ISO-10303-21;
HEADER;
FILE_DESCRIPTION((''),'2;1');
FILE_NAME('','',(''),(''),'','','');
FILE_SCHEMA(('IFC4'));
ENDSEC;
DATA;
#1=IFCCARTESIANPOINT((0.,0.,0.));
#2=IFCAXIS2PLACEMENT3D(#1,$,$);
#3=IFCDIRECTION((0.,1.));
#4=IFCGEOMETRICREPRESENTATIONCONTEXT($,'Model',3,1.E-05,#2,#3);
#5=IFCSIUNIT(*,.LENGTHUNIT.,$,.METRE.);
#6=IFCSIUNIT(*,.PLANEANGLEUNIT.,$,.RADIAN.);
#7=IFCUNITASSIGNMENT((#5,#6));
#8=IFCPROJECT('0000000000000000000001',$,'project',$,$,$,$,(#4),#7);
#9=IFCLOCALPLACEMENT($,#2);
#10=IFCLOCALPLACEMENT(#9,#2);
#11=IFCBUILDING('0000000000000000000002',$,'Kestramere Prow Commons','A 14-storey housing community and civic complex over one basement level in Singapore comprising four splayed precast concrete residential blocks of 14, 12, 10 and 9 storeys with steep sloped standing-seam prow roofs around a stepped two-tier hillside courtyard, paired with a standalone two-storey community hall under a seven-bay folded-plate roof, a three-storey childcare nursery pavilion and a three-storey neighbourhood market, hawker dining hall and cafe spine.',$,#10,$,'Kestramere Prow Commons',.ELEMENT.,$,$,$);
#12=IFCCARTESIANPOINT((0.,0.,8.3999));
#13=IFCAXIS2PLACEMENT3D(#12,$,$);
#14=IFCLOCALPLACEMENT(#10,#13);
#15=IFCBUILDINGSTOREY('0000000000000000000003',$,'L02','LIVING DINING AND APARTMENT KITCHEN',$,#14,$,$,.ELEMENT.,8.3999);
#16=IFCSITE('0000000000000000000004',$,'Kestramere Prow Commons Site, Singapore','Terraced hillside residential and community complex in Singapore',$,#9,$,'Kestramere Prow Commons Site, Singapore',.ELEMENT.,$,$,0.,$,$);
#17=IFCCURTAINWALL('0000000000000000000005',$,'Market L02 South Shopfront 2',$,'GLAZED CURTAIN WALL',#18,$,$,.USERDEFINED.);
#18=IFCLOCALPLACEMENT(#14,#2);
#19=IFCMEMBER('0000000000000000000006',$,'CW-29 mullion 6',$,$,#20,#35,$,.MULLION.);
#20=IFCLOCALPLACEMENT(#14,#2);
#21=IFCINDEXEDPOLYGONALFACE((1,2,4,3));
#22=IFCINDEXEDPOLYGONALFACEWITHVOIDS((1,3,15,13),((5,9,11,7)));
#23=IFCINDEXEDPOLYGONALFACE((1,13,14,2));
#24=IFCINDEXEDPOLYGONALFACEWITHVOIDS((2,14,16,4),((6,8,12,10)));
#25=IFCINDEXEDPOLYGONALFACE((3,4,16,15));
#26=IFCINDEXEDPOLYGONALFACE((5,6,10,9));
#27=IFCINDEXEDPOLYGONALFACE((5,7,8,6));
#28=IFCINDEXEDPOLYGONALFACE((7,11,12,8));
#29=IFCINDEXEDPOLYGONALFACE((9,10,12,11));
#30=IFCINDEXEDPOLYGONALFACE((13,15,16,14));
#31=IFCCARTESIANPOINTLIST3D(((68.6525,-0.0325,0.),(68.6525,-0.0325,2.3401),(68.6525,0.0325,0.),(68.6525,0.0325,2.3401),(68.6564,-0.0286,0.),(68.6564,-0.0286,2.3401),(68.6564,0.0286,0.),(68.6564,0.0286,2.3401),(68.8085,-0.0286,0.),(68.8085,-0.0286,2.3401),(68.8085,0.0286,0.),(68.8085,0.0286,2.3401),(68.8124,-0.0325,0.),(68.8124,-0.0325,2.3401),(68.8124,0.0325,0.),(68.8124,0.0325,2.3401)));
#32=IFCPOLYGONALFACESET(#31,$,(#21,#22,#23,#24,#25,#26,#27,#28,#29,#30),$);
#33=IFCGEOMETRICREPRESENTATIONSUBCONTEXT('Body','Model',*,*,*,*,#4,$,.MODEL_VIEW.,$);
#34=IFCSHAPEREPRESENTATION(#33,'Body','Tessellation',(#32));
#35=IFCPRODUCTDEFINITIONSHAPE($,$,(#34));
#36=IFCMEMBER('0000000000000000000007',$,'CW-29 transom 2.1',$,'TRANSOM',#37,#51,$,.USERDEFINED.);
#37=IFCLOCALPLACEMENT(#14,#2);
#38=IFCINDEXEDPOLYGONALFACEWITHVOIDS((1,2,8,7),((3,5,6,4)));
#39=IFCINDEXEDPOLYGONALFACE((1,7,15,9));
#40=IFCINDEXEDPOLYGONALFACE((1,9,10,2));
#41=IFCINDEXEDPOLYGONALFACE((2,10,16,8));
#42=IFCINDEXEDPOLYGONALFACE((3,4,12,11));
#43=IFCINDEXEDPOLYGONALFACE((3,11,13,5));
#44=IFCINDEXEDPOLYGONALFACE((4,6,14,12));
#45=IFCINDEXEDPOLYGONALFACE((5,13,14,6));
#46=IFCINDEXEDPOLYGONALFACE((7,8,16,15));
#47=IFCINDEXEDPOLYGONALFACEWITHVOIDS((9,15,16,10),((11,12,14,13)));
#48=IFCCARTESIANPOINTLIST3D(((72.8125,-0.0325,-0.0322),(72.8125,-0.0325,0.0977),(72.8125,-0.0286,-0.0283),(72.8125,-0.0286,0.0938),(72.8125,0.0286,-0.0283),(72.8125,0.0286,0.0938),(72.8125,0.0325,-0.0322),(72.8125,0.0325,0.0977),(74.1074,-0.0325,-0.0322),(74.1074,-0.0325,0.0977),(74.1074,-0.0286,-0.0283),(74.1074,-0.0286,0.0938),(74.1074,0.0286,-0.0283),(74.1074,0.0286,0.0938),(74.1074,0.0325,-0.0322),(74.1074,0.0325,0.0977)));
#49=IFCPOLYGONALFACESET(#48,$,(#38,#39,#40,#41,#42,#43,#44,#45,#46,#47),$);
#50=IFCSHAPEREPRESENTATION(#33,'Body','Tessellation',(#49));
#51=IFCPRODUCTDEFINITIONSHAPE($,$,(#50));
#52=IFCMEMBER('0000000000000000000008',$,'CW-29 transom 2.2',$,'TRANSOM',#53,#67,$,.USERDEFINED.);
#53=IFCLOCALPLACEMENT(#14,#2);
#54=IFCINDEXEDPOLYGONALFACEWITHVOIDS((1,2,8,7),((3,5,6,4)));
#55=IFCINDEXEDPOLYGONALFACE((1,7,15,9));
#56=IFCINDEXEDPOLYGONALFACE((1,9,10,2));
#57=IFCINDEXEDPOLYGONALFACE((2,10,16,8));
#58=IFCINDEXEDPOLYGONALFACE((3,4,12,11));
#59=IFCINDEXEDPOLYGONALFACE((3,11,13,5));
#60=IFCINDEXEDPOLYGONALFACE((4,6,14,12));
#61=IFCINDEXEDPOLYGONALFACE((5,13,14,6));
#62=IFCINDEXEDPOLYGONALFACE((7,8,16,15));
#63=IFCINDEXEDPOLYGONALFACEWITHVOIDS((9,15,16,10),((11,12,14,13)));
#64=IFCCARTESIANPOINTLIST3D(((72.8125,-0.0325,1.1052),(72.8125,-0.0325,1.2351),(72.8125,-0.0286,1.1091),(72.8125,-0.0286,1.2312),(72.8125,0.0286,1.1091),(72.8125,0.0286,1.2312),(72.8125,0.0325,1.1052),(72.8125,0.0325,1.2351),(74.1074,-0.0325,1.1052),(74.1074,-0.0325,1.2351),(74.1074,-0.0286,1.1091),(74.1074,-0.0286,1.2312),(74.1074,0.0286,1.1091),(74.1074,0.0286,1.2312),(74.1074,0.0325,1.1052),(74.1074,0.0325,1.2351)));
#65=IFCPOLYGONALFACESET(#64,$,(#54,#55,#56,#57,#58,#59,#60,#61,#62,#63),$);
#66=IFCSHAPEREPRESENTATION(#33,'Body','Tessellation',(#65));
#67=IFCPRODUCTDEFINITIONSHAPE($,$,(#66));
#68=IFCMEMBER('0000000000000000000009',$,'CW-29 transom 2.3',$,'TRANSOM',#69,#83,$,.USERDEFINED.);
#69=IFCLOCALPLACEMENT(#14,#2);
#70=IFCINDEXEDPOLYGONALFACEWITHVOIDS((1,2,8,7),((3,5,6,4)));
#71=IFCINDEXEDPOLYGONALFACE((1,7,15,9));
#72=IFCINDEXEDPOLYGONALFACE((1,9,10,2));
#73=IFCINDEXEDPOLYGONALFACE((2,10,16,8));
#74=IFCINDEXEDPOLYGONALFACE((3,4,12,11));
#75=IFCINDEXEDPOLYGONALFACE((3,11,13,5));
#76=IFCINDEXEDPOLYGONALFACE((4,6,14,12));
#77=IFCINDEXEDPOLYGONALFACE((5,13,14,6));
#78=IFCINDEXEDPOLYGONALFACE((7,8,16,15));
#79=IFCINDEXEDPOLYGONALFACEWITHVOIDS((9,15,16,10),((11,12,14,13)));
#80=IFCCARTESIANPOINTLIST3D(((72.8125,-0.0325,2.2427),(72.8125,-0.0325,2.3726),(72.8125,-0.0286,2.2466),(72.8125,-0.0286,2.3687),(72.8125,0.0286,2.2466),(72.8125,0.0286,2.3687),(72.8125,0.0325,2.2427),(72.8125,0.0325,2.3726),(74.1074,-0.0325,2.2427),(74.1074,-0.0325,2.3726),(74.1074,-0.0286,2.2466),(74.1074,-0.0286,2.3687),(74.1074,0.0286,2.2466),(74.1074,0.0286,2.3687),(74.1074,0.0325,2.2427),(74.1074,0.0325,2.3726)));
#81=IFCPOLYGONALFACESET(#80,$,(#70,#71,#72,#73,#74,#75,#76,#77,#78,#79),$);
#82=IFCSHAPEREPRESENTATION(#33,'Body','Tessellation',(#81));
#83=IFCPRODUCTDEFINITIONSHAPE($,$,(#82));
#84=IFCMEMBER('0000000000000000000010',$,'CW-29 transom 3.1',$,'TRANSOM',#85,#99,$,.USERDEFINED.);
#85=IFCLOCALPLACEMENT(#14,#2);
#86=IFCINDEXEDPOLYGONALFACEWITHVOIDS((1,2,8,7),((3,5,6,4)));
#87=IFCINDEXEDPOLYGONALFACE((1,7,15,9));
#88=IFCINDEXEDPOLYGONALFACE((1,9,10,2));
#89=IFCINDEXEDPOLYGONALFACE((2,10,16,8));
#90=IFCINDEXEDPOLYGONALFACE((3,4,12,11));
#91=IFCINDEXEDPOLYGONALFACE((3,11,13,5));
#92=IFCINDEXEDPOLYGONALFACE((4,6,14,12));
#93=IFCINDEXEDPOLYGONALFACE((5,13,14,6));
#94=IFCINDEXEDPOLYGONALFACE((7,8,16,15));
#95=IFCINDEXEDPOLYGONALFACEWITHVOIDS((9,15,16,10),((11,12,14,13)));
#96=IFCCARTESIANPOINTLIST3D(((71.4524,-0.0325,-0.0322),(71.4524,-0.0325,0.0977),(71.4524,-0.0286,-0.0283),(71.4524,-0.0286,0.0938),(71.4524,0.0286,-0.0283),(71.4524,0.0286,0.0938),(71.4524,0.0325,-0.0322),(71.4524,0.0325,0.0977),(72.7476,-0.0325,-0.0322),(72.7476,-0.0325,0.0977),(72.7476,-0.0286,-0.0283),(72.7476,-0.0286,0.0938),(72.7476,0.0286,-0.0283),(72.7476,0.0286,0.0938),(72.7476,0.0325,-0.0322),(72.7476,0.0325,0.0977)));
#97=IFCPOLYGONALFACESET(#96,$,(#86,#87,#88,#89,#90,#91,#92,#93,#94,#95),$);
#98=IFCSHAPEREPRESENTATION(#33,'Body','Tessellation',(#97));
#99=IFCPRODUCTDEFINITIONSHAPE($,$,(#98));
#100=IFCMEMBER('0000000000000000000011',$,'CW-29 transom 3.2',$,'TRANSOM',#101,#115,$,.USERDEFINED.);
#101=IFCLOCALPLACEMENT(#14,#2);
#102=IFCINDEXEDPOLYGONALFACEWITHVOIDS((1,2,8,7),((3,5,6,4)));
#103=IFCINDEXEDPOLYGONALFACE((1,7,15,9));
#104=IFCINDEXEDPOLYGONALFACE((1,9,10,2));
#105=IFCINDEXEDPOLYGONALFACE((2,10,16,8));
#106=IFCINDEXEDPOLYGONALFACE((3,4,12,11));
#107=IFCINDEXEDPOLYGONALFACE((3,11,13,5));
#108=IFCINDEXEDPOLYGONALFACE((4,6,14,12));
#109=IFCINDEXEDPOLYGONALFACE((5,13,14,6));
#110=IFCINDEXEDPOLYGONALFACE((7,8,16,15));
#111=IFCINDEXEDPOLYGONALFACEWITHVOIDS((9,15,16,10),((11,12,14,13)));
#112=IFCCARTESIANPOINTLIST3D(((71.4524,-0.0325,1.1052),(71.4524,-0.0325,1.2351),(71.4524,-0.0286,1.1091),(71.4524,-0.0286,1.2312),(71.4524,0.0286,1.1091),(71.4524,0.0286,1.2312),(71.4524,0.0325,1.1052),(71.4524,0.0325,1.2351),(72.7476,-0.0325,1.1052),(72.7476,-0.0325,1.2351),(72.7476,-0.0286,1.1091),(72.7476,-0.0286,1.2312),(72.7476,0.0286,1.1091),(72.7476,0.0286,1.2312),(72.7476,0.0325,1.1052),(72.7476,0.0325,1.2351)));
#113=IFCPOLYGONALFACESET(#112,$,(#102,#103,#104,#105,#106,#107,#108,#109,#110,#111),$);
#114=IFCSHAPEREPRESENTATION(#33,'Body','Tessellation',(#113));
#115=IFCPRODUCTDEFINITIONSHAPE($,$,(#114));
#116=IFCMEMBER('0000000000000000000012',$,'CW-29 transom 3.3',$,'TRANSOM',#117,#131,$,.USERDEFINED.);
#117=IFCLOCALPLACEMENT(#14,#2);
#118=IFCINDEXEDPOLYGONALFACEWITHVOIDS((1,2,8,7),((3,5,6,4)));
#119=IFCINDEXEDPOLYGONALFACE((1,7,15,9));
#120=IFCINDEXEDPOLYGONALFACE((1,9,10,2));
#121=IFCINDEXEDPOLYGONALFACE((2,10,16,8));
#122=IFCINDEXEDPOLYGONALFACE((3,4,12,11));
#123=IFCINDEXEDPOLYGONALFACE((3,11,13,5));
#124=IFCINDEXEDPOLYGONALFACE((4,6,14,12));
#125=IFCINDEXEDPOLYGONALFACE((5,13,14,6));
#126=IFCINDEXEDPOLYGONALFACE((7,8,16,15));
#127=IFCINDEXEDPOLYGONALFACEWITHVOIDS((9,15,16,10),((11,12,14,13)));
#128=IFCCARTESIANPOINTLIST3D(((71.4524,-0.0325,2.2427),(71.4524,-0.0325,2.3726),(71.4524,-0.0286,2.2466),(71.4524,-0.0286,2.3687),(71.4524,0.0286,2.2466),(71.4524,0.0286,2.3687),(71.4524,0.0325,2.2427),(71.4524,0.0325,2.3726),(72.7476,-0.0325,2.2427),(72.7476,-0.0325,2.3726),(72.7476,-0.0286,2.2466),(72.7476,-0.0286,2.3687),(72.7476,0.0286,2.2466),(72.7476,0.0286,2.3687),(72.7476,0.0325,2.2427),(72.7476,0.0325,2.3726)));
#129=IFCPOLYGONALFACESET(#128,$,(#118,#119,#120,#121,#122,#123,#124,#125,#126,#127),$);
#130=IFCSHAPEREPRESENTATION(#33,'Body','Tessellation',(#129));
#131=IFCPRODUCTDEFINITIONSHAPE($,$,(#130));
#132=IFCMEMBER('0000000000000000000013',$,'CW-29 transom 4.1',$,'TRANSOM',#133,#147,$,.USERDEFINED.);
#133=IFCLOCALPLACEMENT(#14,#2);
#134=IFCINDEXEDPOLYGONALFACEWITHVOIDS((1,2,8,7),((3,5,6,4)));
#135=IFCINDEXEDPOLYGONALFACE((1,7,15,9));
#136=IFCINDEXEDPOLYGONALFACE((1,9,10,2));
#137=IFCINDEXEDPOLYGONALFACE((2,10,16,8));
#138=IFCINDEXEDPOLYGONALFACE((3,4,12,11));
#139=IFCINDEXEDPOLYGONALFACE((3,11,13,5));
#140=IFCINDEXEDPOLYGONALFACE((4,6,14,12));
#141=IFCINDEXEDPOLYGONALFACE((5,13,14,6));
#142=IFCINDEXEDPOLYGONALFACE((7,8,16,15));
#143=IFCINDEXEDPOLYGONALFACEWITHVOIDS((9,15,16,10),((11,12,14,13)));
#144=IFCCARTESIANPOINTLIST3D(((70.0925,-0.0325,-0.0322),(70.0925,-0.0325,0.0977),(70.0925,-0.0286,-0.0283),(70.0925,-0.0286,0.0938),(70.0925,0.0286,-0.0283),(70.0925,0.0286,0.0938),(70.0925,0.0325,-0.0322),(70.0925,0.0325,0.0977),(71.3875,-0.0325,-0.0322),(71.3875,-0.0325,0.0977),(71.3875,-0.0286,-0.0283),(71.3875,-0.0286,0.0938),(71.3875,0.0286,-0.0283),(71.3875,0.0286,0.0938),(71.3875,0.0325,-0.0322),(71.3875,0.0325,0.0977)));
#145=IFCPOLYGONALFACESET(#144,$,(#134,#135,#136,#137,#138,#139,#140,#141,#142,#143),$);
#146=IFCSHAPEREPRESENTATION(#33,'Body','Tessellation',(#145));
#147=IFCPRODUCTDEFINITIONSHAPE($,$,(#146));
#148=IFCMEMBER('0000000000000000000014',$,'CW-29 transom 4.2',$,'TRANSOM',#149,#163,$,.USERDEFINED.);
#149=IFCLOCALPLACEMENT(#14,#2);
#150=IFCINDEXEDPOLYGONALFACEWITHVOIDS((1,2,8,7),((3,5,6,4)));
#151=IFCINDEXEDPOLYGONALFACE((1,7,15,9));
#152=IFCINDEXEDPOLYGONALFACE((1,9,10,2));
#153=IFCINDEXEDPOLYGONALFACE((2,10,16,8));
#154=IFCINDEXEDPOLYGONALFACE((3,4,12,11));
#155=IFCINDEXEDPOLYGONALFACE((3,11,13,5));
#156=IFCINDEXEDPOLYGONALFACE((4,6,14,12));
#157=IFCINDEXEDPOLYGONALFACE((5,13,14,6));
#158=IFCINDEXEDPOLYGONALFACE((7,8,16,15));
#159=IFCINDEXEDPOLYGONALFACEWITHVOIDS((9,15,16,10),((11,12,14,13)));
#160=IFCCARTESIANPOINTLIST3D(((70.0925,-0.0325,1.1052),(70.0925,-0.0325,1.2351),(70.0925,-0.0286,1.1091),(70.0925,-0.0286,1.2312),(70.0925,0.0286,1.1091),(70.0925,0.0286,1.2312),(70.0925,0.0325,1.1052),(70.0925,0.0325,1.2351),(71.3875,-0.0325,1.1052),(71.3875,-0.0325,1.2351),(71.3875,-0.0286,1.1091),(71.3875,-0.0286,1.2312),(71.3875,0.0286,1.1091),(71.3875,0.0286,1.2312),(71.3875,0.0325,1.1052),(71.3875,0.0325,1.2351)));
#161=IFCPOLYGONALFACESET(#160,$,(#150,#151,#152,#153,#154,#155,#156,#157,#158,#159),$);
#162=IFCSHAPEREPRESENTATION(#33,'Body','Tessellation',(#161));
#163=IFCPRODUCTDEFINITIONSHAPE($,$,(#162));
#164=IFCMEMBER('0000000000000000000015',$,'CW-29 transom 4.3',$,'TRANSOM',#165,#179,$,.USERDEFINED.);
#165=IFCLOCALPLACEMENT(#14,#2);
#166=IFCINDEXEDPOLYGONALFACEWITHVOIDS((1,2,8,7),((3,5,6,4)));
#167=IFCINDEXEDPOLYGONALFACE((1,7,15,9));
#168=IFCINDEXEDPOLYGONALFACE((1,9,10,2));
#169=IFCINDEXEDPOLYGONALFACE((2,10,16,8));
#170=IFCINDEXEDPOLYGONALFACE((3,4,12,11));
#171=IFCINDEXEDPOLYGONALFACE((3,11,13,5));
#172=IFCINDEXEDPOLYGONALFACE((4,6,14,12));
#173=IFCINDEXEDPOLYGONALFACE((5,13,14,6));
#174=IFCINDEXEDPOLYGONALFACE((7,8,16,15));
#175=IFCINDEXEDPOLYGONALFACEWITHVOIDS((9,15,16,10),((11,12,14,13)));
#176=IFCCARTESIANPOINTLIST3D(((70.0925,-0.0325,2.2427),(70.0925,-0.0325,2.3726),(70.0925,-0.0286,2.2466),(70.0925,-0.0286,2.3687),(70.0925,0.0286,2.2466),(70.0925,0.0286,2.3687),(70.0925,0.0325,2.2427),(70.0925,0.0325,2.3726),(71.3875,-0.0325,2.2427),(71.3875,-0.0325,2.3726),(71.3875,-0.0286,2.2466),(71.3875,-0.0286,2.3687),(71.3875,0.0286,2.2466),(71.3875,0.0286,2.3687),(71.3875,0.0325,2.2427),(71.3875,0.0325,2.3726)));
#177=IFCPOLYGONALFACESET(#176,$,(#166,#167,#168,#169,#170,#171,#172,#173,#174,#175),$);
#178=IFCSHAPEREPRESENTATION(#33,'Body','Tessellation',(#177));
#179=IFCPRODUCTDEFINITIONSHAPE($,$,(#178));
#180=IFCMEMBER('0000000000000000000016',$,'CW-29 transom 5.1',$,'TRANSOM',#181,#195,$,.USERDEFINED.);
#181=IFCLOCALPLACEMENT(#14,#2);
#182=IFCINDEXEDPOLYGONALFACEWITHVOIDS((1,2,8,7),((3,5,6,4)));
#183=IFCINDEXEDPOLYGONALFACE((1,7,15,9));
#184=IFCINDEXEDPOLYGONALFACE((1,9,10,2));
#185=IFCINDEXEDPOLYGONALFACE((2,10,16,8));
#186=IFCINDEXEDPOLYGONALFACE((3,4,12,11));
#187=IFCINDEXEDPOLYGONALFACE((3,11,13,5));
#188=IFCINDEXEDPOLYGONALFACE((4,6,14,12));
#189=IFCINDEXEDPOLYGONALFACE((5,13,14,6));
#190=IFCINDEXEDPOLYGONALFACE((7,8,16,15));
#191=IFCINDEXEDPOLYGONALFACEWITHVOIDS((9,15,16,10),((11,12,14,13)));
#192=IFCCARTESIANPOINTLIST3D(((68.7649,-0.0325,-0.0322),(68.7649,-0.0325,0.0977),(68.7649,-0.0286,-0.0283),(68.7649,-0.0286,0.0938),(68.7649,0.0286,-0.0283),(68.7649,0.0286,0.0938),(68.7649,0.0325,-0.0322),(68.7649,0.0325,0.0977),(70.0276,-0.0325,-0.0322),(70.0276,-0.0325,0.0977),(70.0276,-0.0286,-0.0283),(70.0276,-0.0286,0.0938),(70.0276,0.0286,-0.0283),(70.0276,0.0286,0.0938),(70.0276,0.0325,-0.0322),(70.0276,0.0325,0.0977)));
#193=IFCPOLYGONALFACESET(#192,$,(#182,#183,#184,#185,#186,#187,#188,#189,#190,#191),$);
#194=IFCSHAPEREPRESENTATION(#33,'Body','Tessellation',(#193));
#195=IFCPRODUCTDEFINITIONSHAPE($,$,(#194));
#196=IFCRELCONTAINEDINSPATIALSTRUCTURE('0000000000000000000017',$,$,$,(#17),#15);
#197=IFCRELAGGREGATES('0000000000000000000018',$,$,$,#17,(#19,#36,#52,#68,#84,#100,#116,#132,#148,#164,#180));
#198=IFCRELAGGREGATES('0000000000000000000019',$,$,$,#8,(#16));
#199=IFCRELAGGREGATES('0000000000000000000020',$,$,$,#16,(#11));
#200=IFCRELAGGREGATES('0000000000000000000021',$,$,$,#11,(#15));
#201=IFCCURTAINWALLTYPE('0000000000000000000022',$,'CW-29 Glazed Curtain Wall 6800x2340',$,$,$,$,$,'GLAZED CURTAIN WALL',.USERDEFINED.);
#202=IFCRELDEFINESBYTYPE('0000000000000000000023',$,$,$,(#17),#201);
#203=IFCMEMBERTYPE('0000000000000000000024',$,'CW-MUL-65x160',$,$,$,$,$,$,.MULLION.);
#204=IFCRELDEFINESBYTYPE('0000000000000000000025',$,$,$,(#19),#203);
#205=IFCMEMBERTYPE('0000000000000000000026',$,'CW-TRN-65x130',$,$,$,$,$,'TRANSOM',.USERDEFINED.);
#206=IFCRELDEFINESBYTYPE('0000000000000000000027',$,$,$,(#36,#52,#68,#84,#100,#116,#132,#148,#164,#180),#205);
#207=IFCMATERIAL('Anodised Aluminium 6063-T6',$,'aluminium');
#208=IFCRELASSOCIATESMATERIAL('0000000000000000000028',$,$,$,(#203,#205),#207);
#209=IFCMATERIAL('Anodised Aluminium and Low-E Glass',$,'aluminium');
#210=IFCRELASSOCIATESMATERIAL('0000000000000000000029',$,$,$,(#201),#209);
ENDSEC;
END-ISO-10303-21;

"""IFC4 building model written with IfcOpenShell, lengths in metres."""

from ifc_helpers import new_model, si_unit, direction, frame, origin, origin_2d, place, context, subcontext, project, spatial, hollow_rectangle, extrude, material, material_profile, profile_set, type_object, element, aggregate, save


model = new_model("IFC4")

# Units and contexts
model_context = context("Model", 3, precision=1e-05, world=origin(), true_north=direction((0.0, 1.0)))
body_context = subcontext(model_context, "Body", "Model", "MODEL_VIEW")
ifc_project = project(units=[si_unit("LENGTHUNIT", "METRE"), si_unit("PLANEANGLEUNIT", "RADIAN")], contexts=[model_context])

# Site, building, storey
site_placement = place(None, origin())
site = spatial("IfcSite", under=ifc_project, at=site_placement, Name="Kestramere Prow Commons Site, Singapore", Description="Terraced hillside residential and community complex in Singapore", LongName="Kestramere Prow Commons Site, Singapore", CompositionType="ELEMENT", RefElevation=0.0)
building_placement = place(site_placement, origin())
building = spatial("IfcBuilding", under=site, at=building_placement, Name="Kestramere Prow Commons", Description="A 14-storey housing community and civic complex over one basement level in Singapore comprising four splayed precast concrete residential blocks of 14, 12, 10 and 9 storeys with steep sloped standing-seam prow roofs around a stepped two-tier hillside courtyard, paired with a standalone two-storey community hall under a seven-bay folded-plate roof, a three-storey childcare nursery pavilion and a three-storey neighbourhood market, hawker dining hall and cafe spine.", LongName="Kestramere Prow Commons", CompositionType="ELEMENT")
storey_placement = place(building_placement, frame((0.0, 0.0, 8.3999)))
storey = spatial("IfcBuildingStorey", under=building, at=storey_placement, Name="L02", Description="LIVING DINING AND APARTMENT KITCHEN", CompositionType="ELEMENT", Elevation=8.3999)

# Shared definitions
ifc_material_1 = material(Name="Anodised Aluminium and Low-E Glass", Category="aluminium")
ifc_material_2 = material(Name="Anodised Aluminium 6063-T6", Category="aluminium")
ifc_material_profile_1 = material_profile(ifc_material_2, hollow_rectangle(XDim=0.0649, YDim=0.1599, WallThickness=0.0039, at=origin_2d()), Name="ALU-MUL 65x160")
ifc_profile_set_1 = profile_set([ifc_material_profile_1], Name="Anodised Aluminium 6063-T6")
member_type_1 = type_object("IfcMemberType", Name="CW-MUL-65x160", PredefinedType="MULLION", material=ifc_profile_set_1)

# Curtain wall, members
curtain_wall_type_1 = type_object("IfcCurtainWallType", Name="CW-29 Glazed Curtain Wall 6800x2340", ElementType="GLAZED CURTAIN WALL", PredefinedType="USERDEFINED", material=ifc_material_1)
curtain_wall_1_placement = place(storey_placement, origin())
curtain_wall_1 = element("IfcCurtainWall", 1, at=curtain_wall_1_placement, inside=storey, type_object=curtain_wall_type_1, Name="Market L02 South Shopfront 2", ObjectType="GLAZED CURTAIN WALL", PredefinedType="USERDEFINED")
member_1_placement = place(storey_placement, frame((68.7324, 0.0, 0.0), z_axis=(0.0, 0.0, 1.0), x_axis=(0.0, -1.0, 0.0)))
member_1 = element("IfcMember", 2, at=member_1_placement, type_object=member_type_1, Name="CW-29 mullion 6", PredefinedType="MULLION", context=body_context, shape_type="SweptSolid", body=[
    extrude(hollow_rectangle(XDim=0.0649, YDim=0.1599, WallThickness=0.0039, at=origin_2d()), origin(), (0.0, 0.0, 1.0), 2.3401),
])
ifc_material_profile_2 = material_profile(ifc_material_2, hollow_rectangle(XDim=0.0649, YDim=0.1299, WallThickness=0.0039, at=origin_2d()), Name="ALU-TRN 65x130")
ifc_profile_set_2 = profile_set([ifc_material_profile_2], Name="Anodised Aluminium 6063-T6")
member_type_2 = type_object("IfcMemberType", Name="CW-TRN-65x130", ElementType="TRANSOM", PredefinedType="USERDEFINED", material=ifc_profile_set_2)
member_2_placement = place(storey_placement, frame((74.1074, 0.0, 0.0327), z_axis=(-1.0, 0.0, 0.0), x_axis=(0.0, -1.0, 0.0)))
member_2 = element("IfcMember", 3, at=member_2_placement, type_object=member_type_2, Name="CW-29 transom 2.1", ObjectType="TRANSOM", PredefinedType="USERDEFINED", context=body_context, shape_type="SweptSolid", body=[
    extrude(hollow_rectangle(XDim=0.0649, YDim=0.1299, WallThickness=0.0039, at=origin_2d()), origin(), (0.0, 0.0, 1.0), 1.2949),
])
member_3_placement = place(storey_placement, frame((74.1074, 0.0, 1.1702), z_axis=(-1.0, 0.0, 0.0), x_axis=(0.0, -1.0, 0.0)))
member_3 = element("IfcMember", 4, at=member_3_placement, type_object=member_type_2, Name="CW-29 transom 2.2", ObjectType="TRANSOM", PredefinedType="USERDEFINED", context=body_context, shape_type="SweptSolid", body=[
    extrude(hollow_rectangle(XDim=0.0649, YDim=0.1299, WallThickness=0.0039, at=origin_2d()), origin(), (0.0, 0.0, 1.0), 1.2949),
])
member_4_placement = place(storey_placement, frame((74.1074, 0.0, 2.3076), z_axis=(-1.0, 0.0, 0.0), x_axis=(0.0, -1.0, 0.0)))
member_4 = element("IfcMember", 5, at=member_4_placement, type_object=member_type_2, Name="CW-29 transom 2.3", ObjectType="TRANSOM", PredefinedType="USERDEFINED", context=body_context, shape_type="SweptSolid", body=[
    extrude(hollow_rectangle(XDim=0.0649, YDim=0.1299, WallThickness=0.0039, at=origin_2d()), origin(), (0.0, 0.0, 1.0), 1.2949),
])
member_5_placement = place(storey_placement, frame((72.7476, 0.0, 0.0327), z_axis=(-1.0, 0.0, 0.0), x_axis=(0.0, -1.0, 0.0)))
member_5 = element("IfcMember", 6, at=member_5_placement, type_object=member_type_2, Name="CW-29 transom 3.1", ObjectType="TRANSOM", PredefinedType="USERDEFINED", context=body_context, shape_type="SweptSolid", body=[
    extrude(hollow_rectangle(XDim=0.0649, YDim=0.1299, WallThickness=0.0039, at=origin_2d()), origin(), (0.0, 0.0, 1.0), 1.2952),
])
member_6_placement = place(storey_placement, frame((72.7476, 0.0, 1.1702), z_axis=(-1.0, 0.0, 0.0), x_axis=(0.0, -1.0, 0.0)))
member_6 = element("IfcMember", 7, at=member_6_placement, type_object=member_type_2, Name="CW-29 transom 3.2", ObjectType="TRANSOM", PredefinedType="USERDEFINED", context=body_context, shape_type="SweptSolid", body=[
    extrude(hollow_rectangle(XDim=0.0649, YDim=0.1299, WallThickness=0.0039, at=origin_2d()), origin(), (0.0, 0.0, 1.0), 1.2952),
])
member_7_placement = place(storey_placement, frame((72.7476, 0.0, 2.3076), z_axis=(-1.0, 0.0, 0.0), x_axis=(0.0, -1.0, 0.0)))
member_7 = element("IfcMember", 8, at=member_7_placement, type_object=member_type_2, Name="CW-29 transom 3.3", ObjectType="TRANSOM", PredefinedType="USERDEFINED", context=body_context, shape_type="SweptSolid", body=[
    extrude(hollow_rectangle(XDim=0.0649, YDim=0.1299, WallThickness=0.0039, at=origin_2d()), origin(), (0.0, 0.0, 1.0), 1.2952),
])
member_8_placement = place(storey_placement, frame((71.3875, 0.0, 0.0327), z_axis=(-1.0, 0.0, 0.0), x_axis=(0.0, -1.0, 0.0)))
member_8 = element("IfcMember", 9, at=member_8_placement, type_object=member_type_2, Name="CW-29 transom 4.1", ObjectType="TRANSOM", PredefinedType="USERDEFINED", context=body_context, shape_type="SweptSolid", body=[
    extrude(hollow_rectangle(XDim=0.0649, YDim=0.1299, WallThickness=0.0039, at=origin_2d()), origin(), (0.0, 0.0, 1.0), 1.2949),
])
member_9_placement = place(storey_placement, frame((71.3875, 0.0, 1.1702), z_axis=(-1.0, 0.0, 0.0), x_axis=(0.0, -1.0, 0.0)))
member_9 = element("IfcMember", 10, at=member_9_placement, type_object=member_type_2, Name="CW-29 transom 4.2", ObjectType="TRANSOM", PredefinedType="USERDEFINED", context=body_context, shape_type="SweptSolid", body=[
    extrude(hollow_rectangle(XDim=0.0649, YDim=0.1299, WallThickness=0.0039, at=origin_2d()), origin(), (0.0, 0.0, 1.0), 1.2949),
])
member_10_placement = place(storey_placement, frame((71.3875, 0.0, 2.3076), z_axis=(-1.0, 0.0, 0.0), x_axis=(0.0, -1.0, 0.0)))
member_10 = element("IfcMember", 11, at=member_10_placement, type_object=member_type_2, Name="CW-29 transom 4.3", ObjectType="TRANSOM", PredefinedType="USERDEFINED", context=body_context, shape_type="SweptSolid", body=[
    extrude(hollow_rectangle(XDim=0.0649, YDim=0.1299, WallThickness=0.0039, at=origin_2d()), origin(), (0.0, 0.0, 1.0), 1.2949),
])
member_11_placement = place(storey_placement, frame((70.0276, 0.0, 0.0327), z_axis=(-1.0, 0.0, 0.0), x_axis=(0.0, -1.0, 0.0)))
member_11 = element("IfcMember", 12, at=member_11_placement, type_object=member_type_2, Name="CW-29 transom 5.1", ObjectType="TRANSOM", PredefinedType="USERDEFINED", context=body_context, shape_type="SweptSolid", body=[
    extrude(hollow_rectangle(XDim=0.0649, YDim=0.1299, WallThickness=0.0039, at=origin_2d()), origin(), (0.0, 0.0, 1.0), 1.2627),
])
aggregate(curtain_wall_1, [member_1, member_2, member_3, member_4, member_5, member_6, member_7, member_8, member_9, member_10, member_11])

save(model, "model.ifc")
